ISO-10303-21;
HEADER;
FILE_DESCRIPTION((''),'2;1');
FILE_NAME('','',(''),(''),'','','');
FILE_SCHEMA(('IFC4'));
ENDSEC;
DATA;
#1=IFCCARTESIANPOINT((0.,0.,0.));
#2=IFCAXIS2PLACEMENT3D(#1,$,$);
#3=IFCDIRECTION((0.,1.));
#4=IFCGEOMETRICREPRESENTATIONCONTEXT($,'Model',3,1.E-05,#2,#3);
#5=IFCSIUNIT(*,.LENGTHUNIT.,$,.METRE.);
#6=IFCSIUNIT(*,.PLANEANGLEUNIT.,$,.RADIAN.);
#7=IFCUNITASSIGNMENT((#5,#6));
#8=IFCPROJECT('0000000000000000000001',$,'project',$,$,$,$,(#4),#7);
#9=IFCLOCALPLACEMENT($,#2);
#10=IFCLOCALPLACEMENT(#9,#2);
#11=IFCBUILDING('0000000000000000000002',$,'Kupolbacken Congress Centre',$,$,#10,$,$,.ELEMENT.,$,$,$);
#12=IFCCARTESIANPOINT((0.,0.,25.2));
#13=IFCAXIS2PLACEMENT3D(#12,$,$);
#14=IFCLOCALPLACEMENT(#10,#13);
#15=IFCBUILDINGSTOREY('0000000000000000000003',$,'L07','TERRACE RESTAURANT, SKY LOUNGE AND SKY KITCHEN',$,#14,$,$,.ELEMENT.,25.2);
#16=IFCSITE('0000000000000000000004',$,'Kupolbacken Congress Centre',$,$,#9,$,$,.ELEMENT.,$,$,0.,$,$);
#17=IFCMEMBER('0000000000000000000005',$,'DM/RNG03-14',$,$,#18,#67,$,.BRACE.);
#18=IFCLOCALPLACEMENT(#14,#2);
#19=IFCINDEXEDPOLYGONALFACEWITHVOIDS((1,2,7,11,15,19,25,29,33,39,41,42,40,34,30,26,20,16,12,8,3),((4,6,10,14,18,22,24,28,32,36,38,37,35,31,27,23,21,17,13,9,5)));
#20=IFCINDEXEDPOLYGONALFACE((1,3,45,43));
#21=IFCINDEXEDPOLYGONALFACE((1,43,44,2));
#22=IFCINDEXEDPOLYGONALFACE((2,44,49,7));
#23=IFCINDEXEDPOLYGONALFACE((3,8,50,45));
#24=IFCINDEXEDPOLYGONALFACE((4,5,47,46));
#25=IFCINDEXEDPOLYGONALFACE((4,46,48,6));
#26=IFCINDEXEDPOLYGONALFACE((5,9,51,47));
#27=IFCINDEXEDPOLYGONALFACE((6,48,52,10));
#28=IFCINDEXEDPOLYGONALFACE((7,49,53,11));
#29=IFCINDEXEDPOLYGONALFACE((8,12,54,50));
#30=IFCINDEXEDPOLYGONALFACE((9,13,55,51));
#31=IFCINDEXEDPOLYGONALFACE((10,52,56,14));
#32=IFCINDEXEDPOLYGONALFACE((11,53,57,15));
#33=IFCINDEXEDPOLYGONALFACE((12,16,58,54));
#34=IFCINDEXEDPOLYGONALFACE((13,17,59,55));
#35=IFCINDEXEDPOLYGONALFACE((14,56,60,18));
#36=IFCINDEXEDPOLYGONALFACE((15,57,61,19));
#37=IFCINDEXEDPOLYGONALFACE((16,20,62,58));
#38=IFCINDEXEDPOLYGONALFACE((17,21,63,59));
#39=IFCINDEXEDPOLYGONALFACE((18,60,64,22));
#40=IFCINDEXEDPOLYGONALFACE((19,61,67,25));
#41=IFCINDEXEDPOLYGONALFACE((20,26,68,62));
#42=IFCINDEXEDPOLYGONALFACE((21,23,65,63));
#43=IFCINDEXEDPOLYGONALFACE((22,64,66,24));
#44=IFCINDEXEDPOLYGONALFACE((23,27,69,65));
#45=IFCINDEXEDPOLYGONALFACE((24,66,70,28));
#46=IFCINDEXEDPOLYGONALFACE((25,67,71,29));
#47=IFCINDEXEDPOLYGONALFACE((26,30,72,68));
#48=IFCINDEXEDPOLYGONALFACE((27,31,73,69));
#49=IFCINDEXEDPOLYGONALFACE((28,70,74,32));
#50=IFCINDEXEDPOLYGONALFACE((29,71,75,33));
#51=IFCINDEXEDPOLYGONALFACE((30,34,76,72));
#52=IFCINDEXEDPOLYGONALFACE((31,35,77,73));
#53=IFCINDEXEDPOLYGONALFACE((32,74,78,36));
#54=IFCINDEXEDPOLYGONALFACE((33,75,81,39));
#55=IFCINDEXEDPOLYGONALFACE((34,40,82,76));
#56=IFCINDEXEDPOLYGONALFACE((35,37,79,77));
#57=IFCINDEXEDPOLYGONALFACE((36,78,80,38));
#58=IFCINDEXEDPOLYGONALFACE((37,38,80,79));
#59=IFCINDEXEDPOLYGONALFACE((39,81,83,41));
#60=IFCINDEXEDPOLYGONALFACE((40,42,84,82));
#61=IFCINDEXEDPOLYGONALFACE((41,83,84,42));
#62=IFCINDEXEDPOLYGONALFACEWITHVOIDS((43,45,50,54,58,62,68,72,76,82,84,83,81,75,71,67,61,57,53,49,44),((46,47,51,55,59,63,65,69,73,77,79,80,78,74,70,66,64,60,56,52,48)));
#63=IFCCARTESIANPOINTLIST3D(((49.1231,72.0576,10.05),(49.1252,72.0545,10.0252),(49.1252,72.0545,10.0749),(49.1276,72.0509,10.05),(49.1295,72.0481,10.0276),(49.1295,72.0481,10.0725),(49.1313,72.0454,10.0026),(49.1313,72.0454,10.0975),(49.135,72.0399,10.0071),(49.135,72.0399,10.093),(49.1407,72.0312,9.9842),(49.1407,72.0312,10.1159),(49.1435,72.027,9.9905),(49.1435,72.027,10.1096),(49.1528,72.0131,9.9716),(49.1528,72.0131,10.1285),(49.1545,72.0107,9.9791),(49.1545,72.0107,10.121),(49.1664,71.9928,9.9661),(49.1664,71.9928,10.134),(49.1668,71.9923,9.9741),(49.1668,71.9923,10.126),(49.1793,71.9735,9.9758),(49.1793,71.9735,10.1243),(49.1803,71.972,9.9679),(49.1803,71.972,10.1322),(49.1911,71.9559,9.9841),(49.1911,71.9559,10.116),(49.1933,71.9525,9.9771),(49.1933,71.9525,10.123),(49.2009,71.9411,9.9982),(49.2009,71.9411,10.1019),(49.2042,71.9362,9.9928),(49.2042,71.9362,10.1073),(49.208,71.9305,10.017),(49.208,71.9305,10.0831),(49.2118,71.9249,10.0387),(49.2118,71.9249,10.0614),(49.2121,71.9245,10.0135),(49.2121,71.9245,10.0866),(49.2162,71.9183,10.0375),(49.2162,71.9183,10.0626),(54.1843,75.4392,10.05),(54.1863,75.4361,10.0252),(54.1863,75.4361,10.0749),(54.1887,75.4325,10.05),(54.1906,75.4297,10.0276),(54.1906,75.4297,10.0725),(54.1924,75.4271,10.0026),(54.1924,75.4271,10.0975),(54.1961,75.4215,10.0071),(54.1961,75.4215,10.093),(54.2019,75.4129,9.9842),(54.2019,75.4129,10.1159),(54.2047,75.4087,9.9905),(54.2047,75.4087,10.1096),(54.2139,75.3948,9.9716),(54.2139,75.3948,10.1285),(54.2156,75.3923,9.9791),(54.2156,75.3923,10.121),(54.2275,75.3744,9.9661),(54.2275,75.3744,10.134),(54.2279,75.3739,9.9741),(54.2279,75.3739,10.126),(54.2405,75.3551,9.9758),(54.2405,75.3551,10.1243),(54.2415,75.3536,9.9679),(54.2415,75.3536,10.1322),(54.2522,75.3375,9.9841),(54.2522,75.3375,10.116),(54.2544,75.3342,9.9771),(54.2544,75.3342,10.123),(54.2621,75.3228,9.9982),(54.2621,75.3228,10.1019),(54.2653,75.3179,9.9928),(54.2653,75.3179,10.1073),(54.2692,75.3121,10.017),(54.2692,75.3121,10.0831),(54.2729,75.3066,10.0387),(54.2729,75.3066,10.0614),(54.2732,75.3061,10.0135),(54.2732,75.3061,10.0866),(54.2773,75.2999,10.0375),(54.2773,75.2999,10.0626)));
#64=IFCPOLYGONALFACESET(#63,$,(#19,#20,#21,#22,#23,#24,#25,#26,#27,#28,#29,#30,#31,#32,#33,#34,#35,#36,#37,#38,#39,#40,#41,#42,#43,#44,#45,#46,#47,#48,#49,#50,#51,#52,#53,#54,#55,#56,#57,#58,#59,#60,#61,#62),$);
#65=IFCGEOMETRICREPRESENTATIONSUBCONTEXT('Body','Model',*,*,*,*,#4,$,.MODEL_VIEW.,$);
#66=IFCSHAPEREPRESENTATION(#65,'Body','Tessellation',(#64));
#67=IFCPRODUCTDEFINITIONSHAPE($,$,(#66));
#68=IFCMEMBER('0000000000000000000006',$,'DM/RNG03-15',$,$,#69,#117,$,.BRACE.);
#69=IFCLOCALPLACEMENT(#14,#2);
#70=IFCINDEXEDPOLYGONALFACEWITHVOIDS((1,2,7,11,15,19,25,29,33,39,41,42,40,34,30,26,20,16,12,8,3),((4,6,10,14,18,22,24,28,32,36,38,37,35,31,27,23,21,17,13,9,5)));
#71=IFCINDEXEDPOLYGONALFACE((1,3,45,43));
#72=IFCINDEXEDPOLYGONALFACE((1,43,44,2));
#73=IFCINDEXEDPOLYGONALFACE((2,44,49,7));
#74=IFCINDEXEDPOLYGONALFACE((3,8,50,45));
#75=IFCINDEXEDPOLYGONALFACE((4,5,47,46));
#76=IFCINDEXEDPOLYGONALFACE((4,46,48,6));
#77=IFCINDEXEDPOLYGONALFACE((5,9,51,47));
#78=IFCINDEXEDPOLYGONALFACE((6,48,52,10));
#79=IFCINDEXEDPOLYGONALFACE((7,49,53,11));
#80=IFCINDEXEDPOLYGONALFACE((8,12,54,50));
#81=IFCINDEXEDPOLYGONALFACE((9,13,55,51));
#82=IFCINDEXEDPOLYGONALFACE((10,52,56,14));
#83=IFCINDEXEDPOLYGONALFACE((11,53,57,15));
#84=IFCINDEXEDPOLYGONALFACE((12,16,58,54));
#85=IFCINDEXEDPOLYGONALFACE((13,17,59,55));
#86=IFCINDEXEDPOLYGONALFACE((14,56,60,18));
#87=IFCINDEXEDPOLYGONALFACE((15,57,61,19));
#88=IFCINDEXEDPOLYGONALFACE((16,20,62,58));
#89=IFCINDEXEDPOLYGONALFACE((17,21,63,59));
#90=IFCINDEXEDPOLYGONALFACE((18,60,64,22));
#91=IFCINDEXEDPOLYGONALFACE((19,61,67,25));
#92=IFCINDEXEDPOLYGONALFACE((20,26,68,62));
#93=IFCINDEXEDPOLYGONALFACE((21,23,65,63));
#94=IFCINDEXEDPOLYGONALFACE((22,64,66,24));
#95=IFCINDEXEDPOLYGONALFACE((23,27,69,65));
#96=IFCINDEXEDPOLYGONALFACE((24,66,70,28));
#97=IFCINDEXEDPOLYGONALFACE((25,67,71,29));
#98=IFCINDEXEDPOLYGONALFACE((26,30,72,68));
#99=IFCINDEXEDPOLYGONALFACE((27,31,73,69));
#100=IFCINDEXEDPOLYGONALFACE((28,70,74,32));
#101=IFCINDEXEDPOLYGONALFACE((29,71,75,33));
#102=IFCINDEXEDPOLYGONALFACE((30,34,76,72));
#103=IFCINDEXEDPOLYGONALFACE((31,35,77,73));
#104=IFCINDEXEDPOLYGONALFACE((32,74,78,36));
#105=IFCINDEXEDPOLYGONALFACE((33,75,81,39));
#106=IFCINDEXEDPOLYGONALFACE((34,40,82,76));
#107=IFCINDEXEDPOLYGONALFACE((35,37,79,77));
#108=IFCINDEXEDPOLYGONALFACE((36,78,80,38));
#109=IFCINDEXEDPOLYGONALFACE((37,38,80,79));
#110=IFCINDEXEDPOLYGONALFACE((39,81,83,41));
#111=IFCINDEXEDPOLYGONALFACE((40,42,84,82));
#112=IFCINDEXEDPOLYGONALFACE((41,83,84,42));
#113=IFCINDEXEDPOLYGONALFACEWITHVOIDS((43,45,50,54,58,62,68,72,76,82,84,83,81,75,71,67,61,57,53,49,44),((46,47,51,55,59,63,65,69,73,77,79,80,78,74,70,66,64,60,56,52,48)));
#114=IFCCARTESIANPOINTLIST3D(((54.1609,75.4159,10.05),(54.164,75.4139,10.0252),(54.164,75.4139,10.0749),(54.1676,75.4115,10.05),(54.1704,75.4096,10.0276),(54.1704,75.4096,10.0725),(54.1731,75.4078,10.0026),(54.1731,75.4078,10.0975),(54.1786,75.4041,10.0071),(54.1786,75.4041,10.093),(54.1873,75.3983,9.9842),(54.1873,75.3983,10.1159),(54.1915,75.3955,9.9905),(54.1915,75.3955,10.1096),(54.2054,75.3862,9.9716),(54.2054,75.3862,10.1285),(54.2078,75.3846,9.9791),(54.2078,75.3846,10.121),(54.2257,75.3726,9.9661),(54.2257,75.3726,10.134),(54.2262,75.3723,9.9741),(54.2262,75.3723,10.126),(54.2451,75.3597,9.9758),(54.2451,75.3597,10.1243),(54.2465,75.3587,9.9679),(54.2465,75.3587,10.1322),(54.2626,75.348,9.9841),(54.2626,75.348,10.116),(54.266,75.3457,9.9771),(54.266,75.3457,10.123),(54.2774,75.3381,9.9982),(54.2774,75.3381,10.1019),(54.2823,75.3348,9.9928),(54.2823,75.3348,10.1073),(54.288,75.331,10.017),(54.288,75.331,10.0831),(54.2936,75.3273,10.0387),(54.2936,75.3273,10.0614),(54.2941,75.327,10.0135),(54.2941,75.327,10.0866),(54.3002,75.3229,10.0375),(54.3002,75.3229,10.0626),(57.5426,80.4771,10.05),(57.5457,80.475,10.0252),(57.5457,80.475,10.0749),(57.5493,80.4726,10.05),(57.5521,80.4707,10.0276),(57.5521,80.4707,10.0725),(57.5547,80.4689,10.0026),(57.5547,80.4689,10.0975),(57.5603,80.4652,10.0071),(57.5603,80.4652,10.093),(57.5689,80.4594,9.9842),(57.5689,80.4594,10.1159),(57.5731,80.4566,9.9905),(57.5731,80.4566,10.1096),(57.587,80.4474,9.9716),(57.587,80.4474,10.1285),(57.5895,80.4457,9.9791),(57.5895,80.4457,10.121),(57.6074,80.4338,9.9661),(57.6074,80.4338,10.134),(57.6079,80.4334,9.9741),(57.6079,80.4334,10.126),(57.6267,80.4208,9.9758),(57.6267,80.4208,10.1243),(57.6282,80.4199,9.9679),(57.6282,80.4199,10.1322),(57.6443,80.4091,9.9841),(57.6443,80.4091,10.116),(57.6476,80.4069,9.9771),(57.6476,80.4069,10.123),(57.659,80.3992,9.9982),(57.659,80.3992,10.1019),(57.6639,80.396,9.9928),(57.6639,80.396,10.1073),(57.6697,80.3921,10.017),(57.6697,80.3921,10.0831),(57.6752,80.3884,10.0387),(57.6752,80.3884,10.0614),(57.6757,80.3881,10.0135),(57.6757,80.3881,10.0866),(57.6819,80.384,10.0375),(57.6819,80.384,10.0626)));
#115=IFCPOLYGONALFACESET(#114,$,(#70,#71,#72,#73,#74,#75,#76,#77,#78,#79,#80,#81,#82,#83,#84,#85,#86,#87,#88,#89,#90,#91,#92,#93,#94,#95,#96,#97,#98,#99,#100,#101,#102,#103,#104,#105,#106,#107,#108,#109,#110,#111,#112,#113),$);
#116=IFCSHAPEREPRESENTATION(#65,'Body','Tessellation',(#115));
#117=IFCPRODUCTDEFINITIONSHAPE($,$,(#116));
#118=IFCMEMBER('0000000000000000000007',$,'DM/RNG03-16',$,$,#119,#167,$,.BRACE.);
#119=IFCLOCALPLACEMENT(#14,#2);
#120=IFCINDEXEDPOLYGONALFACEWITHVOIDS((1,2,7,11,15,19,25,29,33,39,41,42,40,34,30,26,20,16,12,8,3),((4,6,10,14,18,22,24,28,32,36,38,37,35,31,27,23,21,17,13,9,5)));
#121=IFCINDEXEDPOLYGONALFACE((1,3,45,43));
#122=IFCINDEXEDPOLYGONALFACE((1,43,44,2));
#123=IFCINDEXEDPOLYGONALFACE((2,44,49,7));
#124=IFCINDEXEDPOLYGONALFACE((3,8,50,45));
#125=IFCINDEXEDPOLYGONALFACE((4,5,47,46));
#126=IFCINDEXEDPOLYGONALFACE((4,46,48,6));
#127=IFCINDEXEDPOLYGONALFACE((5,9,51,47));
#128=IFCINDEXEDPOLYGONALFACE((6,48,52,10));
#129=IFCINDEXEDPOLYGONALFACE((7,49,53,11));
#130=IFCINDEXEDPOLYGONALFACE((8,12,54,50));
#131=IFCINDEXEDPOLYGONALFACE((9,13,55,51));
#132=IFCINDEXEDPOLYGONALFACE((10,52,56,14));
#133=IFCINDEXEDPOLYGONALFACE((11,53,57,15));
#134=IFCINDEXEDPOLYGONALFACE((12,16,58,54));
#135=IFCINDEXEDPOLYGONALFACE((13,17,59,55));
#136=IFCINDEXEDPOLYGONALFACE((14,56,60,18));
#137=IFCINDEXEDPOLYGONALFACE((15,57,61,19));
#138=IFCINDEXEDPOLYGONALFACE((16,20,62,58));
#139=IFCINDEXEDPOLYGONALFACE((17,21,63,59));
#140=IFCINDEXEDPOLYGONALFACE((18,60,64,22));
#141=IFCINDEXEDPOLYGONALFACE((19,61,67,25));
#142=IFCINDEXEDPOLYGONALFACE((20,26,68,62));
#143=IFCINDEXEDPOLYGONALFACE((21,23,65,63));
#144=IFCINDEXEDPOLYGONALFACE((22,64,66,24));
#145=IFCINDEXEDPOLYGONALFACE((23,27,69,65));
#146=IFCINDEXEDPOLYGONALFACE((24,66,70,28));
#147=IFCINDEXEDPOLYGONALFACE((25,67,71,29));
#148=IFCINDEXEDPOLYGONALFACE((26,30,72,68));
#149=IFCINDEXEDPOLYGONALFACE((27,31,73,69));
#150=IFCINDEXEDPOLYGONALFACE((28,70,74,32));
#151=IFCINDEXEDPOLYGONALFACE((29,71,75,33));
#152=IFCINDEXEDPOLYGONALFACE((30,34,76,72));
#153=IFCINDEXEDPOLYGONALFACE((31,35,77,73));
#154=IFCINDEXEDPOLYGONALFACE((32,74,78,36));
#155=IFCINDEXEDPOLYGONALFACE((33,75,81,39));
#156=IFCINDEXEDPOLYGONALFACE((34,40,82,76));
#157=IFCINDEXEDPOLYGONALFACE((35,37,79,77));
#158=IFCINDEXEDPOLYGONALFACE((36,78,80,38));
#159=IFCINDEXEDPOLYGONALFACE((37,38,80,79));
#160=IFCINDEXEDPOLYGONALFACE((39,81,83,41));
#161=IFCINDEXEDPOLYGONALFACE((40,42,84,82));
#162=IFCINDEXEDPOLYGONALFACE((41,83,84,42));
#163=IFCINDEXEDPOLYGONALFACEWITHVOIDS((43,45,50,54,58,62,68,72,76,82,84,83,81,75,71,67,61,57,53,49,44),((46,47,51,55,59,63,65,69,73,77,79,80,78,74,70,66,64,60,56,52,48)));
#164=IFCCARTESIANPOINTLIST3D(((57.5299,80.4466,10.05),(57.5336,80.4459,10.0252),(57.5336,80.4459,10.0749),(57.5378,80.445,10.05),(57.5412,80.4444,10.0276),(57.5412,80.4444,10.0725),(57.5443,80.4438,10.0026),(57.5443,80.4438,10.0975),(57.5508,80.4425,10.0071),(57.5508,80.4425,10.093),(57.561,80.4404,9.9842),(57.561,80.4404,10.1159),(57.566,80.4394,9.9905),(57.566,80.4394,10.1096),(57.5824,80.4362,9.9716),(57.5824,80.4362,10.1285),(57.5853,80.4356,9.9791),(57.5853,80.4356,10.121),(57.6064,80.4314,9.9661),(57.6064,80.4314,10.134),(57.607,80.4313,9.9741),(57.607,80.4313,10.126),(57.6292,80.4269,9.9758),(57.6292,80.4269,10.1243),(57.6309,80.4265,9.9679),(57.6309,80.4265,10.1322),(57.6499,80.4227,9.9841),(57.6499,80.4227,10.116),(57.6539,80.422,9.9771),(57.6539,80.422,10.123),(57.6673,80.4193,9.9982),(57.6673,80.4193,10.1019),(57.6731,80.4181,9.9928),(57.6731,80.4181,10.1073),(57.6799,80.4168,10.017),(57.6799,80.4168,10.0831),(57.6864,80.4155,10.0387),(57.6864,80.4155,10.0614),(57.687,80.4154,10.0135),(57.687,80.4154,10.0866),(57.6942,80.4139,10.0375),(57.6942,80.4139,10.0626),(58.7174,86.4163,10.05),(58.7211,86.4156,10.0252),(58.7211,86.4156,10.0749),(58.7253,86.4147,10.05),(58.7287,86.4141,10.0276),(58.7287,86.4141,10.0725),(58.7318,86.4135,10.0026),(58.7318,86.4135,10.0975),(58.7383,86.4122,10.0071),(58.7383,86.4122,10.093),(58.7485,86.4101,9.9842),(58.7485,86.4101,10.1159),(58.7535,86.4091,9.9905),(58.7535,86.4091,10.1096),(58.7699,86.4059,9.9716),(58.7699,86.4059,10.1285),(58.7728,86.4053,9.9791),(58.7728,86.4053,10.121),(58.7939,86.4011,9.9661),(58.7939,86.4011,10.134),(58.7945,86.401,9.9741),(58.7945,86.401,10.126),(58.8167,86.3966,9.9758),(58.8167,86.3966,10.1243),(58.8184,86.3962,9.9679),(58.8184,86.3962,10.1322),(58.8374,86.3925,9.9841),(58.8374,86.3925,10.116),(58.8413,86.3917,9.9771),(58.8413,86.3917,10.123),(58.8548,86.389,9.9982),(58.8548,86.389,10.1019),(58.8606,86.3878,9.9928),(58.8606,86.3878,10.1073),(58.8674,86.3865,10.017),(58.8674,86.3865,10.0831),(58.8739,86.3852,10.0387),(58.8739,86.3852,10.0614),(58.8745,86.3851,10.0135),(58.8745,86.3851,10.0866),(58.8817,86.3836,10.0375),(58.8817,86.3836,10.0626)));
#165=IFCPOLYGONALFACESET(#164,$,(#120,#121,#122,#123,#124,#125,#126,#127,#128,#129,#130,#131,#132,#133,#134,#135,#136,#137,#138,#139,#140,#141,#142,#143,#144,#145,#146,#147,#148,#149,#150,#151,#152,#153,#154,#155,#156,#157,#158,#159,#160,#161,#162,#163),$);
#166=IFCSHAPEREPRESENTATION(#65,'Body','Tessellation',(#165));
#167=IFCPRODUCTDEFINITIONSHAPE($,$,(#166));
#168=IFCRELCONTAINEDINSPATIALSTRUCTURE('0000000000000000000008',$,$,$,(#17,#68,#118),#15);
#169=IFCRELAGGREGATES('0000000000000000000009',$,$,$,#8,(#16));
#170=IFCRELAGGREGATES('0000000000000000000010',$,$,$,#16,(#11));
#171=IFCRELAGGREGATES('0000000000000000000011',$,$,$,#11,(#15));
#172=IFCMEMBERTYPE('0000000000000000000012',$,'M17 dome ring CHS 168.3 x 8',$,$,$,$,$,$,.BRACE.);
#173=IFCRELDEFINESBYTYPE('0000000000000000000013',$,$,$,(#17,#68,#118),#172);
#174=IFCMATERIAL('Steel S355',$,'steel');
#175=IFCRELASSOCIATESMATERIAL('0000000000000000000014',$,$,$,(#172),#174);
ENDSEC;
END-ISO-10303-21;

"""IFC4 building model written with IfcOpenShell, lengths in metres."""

from ifc_helpers import new_model, si_unit, direction, frame, origin, origin_2d, place, context, subcontext, project, spatial, hollow_circle, extrude, material, material_profile, profile_set, type_object, element, save


model = new_model("IFC4")

# Units and contexts
model_context = context("Model", 3, precision=1e-05, world=origin(), true_north=direction((0.0, 1.0)))
body_context = subcontext(model_context, "Body", "Model", "MODEL_VIEW")
ifc_project = project(units=[si_unit("LENGTHUNIT", "METRE"), si_unit("PLANEANGLEUNIT", "RADIAN")], contexts=[model_context])

# Site, building, storey
site_placement = place(None, origin())
site = spatial("IfcSite", under=ifc_project, at=site_placement, Name="Kupolbacken Congress Centre", CompositionType="ELEMENT", RefElevation=0.0)
building_placement = place(site_placement, origin())
building = spatial("IfcBuilding", under=site, at=building_placement, Name="Kupolbacken Congress Centre", CompositionType="ELEMENT")
storey_placement = place(building_placement, frame((0.0, 0.0, 25.2)))
storey = spatial("IfcBuildingStorey", under=building, at=storey_placement, Name="L07", Description="TERRACE RESTAURANT, SKY LOUNGE AND SKY KITCHEN", CompositionType="ELEMENT", Elevation=25.2)

# Members
ifc_material_1 = material(Name="Steel S355", Category="steel")
ifc_material_profile_1 = material_profile(ifc_material_1, hollow_circle(Radius=0.0842, WallThickness=0.0081, at=origin_2d()), Name="CHS 168.3 x 8")
ifc_profile_set_1 = profile_set([ifc_material_profile_1], Name="Steel S355")
member_type_1 = type_object("IfcMemberType", Name="M17 dome ring CHS 168.3 x 8", PredefinedType="BRACE", material=ifc_profile_set_1)
for number, where, z_axis, x_axis, name in (
    (1, (49.1699, 71.9875, 10.05), (0.831476, 0.555561, 0.0), (-0.555561, 0.831476, 0.0), "DM/RNG03-14"),
    (2, (54.231, 75.3691, 10.05), (0.555561, 0.831476, 0.0), (-0.831476, 0.555561, 0.0), "DM/RNG03-15"),
):
    element("IfcMember", number, at=place(storey_placement, frame(where, z_axis=z_axis, x_axis=x_axis)), inside=storey, type_object=member_type_1, Name=name, PredefinedType="BRACE", context=body_context, shape_type="SweptSolid", body=[
        extrude(hollow_circle(Radius=0.0842, WallThickness=0.0081, at=origin_2d()), origin(), (0.0, 0.0, 1.0), 6.0869),
    ])
member_1_placement = place(storey_placement, frame((57.6125, 80.4302, 10.05), z_axis=(0.195098, 0.980784, 0.0), x_axis=(-0.980784, 0.195098, 0.0)))
element("IfcMember", 3, at=member_1_placement, inside=storey, type_object=member_type_1, Name="DM/RNG03-16", PredefinedType="BRACE", context=body_context, shape_type="SweptSolid", body=[
    extrude(hollow_circle(Radius=0.0842, WallThickness=0.0081, at=origin_2d()), origin(), (0.0, 0.0, 1.0), 6.0867),
])

save(model, "model.ifc")
